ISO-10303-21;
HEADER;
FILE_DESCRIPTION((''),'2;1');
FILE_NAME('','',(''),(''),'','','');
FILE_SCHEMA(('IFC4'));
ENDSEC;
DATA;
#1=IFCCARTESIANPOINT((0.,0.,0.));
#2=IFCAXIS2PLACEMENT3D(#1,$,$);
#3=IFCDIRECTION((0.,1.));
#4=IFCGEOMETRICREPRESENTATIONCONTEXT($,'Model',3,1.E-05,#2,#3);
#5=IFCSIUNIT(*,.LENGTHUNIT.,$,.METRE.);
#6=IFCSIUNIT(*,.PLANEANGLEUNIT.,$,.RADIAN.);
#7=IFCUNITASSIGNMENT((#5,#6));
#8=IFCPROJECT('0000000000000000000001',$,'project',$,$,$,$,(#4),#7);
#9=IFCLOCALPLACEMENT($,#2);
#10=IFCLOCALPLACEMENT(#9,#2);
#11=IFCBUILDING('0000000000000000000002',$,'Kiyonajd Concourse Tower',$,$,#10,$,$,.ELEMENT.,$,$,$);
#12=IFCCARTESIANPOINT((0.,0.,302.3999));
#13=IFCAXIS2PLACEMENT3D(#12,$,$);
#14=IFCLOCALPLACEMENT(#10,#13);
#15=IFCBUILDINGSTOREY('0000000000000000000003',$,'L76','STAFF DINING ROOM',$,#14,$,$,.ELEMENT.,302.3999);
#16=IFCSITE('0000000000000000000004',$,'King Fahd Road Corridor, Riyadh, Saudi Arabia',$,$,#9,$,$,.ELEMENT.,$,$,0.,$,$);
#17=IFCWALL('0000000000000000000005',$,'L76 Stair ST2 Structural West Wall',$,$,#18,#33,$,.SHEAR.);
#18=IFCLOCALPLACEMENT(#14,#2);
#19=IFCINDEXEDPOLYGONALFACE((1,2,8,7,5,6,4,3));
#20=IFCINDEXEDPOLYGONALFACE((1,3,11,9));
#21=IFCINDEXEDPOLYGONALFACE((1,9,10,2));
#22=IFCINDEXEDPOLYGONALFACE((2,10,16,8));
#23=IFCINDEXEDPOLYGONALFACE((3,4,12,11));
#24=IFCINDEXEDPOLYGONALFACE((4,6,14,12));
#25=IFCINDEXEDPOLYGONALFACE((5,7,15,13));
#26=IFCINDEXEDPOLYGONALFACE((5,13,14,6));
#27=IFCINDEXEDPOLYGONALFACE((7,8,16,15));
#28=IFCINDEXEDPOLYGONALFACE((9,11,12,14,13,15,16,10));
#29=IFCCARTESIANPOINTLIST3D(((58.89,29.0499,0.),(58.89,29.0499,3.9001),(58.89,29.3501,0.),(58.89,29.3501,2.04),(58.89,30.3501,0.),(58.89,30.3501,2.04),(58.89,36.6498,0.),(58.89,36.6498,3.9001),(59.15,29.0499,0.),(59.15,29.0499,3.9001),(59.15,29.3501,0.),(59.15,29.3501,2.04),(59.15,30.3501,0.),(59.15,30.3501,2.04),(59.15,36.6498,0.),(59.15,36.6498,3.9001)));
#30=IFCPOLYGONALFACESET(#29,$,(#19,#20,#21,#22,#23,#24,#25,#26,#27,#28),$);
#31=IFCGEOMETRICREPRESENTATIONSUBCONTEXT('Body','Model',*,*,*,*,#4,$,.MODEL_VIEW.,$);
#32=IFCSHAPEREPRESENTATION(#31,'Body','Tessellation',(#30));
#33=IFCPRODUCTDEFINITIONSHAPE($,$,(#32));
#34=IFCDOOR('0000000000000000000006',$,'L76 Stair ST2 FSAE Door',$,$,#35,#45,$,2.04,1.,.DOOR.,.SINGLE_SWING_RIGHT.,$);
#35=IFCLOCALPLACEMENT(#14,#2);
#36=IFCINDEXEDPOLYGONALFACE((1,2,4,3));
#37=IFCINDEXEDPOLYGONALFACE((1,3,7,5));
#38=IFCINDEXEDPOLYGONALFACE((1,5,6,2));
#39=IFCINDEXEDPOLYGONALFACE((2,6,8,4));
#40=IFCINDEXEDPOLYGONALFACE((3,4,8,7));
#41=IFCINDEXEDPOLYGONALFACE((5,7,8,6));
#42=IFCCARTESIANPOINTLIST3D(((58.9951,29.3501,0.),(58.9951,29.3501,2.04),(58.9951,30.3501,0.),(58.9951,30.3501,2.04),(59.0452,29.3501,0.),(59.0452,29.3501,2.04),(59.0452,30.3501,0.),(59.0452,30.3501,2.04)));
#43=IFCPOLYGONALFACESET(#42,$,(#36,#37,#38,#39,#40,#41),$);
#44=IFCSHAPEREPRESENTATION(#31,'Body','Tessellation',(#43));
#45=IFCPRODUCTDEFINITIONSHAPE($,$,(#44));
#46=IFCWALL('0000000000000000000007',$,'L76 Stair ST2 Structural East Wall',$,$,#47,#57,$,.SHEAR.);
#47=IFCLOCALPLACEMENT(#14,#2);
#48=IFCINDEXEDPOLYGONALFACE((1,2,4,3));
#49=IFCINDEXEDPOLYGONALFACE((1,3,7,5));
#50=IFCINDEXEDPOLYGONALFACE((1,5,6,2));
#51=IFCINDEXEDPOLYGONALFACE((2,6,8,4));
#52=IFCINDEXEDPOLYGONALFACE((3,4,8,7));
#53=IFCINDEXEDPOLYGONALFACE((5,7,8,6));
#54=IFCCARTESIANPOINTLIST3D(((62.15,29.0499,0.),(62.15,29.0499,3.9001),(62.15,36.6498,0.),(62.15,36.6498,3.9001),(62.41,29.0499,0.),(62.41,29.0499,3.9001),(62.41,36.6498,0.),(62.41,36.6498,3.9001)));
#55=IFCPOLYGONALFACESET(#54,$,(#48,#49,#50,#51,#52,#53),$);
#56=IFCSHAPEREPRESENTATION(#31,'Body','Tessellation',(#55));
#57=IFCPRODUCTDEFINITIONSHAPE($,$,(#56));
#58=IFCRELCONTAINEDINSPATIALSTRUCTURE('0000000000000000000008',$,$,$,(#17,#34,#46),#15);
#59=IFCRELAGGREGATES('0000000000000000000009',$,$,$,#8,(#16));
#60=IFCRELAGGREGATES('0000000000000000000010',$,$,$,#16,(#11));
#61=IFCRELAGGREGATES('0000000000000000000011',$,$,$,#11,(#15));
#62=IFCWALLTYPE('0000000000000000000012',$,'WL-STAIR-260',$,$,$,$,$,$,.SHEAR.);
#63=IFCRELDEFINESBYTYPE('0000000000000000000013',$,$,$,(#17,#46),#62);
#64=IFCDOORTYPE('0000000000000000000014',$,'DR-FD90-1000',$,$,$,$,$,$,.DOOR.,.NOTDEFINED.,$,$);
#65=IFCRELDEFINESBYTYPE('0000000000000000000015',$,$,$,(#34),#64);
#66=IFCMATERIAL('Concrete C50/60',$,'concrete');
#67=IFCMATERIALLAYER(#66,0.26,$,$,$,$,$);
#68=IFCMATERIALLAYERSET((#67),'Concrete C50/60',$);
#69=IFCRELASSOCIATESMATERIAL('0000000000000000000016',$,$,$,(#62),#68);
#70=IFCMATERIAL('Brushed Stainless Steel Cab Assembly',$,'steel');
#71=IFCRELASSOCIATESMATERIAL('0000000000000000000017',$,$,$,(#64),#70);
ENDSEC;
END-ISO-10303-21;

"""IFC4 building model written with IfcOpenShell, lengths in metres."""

from ifc_helpers import new_model, si_unit, direction, frame, frame_2d, origin, place, context, subcontext, project, spatial, rectangle, extrude, material, layer, layer_set, type_object, element, fill, save


model = new_model("IFC4")

# Units and contexts
model_context = context("Model", 3, precision=1e-05, world=origin(), true_north=direction((0.0, 1.0)))
body_context = subcontext(model_context, "Body", "Model", "MODEL_VIEW")
ifc_project = project(units=[si_unit("LENGTHUNIT", "METRE"), si_unit("PLANEANGLEUNIT", "RADIAN")], contexts=[model_context])

# Site, building, storey
site_placement = place(None, origin())
site = spatial("IfcSite", under=ifc_project, at=site_placement, Name="King Fahd Road Corridor, Riyadh, Saudi Arabia", CompositionType="ELEMENT", RefElevation=0.0)
building_placement = place(site_placement, origin())
building = spatial("IfcBuilding", under=site, at=building_placement, Name="Kiyonajd Concourse Tower", CompositionType="ELEMENT")
storey_placement = place(building_placement, frame((0.0, 0.0, 302.3999)))
storey = spatial("IfcBuildingStorey", under=building, at=storey_placement, Name="L76", Description="STAFF DINING ROOM", CompositionType="ELEMENT", Elevation=302.3999)

# Shared definitions
ifc_material_1 = material(Name="Concrete C50/60", Category="concrete")
ifc_layer_1 = layer(ifc_material_1, 0.26)
ifc_layer_set_1 = layer_set([ifc_layer_1], Name="Concrete C50/60")
wall_type_1 = type_object("IfcWallType", Name="WL-STAIR-260", PredefinedType="SHEAR", material=ifc_layer_set_1)

# Wall, opening, door
wall_1_placement = place(storey_placement, frame((59.02, 29.05, 0.0), z_axis=(0.0, 0.0, 1.0), x_axis=(0.0, 1.0, 0.0)))
wall_1 = element("IfcWall", 1, at=wall_1_placement, inside=storey, type_object=wall_type_1, Name="L76 Stair ST2 Structural West Wall", PredefinedType="SHEAR", context=body_context, shape_type="SweptSolid", body=[
    extrude(rectangle(XDim=7.5999, YDim=0.26, at=frame_2d((3.7998, 0.0))), origin(), (0.0, 0.0, 1.0), 3.9001),
])
opening_1_placement = place(wall_1_placement, frame((0.3, 0.0, 0.0)))
opening_1 = element("IfcOpeningElement", 2, at=opening_1_placement, cuts=wall_1, PredefinedType="OPENING", context=body_context, shape_type="SweptSolid", body=[
    extrude(rectangle(XDim=1.0, YDim=2.04, at=frame_2d((0.5, 1.02))), frame((0.0, 0.1399, 0.0), z_axis=(0.0, -1.0, 0.0), x_axis=(1.0, 0.0, 0.0)), (0.0, 0.0, 1.0), 0.28),
])
ifc_material_2 = material(Name="Brushed Stainless Steel Cab Assembly", Category="steel")
door_type = type_object("IfcDoorType", Name="DR-FD90-1000", OperationType="NOTDEFINED", PredefinedType="DOOR", material=ifc_material_2)
door_placement = place(opening_1_placement, origin())
door = element("IfcDoor", 3, at=door_placement, inside=storey, type_object=door_type, Name="L76 Stair ST2 FSAE Door", OperationType="SINGLE_SWING_RIGHT", OverallHeight=2.04, OverallWidth=1.0, PredefinedType="DOOR", context=body_context, shape_type="SweptSolid", body=[
    extrude(rectangle(XDim=1.0, YDim=2.04, at=frame_2d((0.5, 1.02))), frame((0.0, 0.0249, 0.0), z_axis=(0.0, -1.0, 0.0), x_axis=(1.0, 0.0, 0.0)), (0.0, 0.0, 1.0), 0.05),
])
fill(opening_1, door)

# Wall
wall_2_placement = place(storey_placement, frame((62.28, 29.05, 0.0), z_axis=(0.0, 0.0, 1.0), x_axis=(0.0, 1.0, 0.0)))
element("IfcWall", 4, at=wall_2_placement, inside=storey, type_object=wall_type_1, Name="L76 Stair ST2 Structural East Wall", PredefinedType="SHEAR", context=body_context, shape_type="SweptSolid", body=[
    extrude(rectangle(XDim=7.5999, YDim=0.26, at=frame_2d((3.7998, 0.0))), origin(), (0.0, 0.0, 1.0), 3.9001),
])

save(model, "model.ifc")
